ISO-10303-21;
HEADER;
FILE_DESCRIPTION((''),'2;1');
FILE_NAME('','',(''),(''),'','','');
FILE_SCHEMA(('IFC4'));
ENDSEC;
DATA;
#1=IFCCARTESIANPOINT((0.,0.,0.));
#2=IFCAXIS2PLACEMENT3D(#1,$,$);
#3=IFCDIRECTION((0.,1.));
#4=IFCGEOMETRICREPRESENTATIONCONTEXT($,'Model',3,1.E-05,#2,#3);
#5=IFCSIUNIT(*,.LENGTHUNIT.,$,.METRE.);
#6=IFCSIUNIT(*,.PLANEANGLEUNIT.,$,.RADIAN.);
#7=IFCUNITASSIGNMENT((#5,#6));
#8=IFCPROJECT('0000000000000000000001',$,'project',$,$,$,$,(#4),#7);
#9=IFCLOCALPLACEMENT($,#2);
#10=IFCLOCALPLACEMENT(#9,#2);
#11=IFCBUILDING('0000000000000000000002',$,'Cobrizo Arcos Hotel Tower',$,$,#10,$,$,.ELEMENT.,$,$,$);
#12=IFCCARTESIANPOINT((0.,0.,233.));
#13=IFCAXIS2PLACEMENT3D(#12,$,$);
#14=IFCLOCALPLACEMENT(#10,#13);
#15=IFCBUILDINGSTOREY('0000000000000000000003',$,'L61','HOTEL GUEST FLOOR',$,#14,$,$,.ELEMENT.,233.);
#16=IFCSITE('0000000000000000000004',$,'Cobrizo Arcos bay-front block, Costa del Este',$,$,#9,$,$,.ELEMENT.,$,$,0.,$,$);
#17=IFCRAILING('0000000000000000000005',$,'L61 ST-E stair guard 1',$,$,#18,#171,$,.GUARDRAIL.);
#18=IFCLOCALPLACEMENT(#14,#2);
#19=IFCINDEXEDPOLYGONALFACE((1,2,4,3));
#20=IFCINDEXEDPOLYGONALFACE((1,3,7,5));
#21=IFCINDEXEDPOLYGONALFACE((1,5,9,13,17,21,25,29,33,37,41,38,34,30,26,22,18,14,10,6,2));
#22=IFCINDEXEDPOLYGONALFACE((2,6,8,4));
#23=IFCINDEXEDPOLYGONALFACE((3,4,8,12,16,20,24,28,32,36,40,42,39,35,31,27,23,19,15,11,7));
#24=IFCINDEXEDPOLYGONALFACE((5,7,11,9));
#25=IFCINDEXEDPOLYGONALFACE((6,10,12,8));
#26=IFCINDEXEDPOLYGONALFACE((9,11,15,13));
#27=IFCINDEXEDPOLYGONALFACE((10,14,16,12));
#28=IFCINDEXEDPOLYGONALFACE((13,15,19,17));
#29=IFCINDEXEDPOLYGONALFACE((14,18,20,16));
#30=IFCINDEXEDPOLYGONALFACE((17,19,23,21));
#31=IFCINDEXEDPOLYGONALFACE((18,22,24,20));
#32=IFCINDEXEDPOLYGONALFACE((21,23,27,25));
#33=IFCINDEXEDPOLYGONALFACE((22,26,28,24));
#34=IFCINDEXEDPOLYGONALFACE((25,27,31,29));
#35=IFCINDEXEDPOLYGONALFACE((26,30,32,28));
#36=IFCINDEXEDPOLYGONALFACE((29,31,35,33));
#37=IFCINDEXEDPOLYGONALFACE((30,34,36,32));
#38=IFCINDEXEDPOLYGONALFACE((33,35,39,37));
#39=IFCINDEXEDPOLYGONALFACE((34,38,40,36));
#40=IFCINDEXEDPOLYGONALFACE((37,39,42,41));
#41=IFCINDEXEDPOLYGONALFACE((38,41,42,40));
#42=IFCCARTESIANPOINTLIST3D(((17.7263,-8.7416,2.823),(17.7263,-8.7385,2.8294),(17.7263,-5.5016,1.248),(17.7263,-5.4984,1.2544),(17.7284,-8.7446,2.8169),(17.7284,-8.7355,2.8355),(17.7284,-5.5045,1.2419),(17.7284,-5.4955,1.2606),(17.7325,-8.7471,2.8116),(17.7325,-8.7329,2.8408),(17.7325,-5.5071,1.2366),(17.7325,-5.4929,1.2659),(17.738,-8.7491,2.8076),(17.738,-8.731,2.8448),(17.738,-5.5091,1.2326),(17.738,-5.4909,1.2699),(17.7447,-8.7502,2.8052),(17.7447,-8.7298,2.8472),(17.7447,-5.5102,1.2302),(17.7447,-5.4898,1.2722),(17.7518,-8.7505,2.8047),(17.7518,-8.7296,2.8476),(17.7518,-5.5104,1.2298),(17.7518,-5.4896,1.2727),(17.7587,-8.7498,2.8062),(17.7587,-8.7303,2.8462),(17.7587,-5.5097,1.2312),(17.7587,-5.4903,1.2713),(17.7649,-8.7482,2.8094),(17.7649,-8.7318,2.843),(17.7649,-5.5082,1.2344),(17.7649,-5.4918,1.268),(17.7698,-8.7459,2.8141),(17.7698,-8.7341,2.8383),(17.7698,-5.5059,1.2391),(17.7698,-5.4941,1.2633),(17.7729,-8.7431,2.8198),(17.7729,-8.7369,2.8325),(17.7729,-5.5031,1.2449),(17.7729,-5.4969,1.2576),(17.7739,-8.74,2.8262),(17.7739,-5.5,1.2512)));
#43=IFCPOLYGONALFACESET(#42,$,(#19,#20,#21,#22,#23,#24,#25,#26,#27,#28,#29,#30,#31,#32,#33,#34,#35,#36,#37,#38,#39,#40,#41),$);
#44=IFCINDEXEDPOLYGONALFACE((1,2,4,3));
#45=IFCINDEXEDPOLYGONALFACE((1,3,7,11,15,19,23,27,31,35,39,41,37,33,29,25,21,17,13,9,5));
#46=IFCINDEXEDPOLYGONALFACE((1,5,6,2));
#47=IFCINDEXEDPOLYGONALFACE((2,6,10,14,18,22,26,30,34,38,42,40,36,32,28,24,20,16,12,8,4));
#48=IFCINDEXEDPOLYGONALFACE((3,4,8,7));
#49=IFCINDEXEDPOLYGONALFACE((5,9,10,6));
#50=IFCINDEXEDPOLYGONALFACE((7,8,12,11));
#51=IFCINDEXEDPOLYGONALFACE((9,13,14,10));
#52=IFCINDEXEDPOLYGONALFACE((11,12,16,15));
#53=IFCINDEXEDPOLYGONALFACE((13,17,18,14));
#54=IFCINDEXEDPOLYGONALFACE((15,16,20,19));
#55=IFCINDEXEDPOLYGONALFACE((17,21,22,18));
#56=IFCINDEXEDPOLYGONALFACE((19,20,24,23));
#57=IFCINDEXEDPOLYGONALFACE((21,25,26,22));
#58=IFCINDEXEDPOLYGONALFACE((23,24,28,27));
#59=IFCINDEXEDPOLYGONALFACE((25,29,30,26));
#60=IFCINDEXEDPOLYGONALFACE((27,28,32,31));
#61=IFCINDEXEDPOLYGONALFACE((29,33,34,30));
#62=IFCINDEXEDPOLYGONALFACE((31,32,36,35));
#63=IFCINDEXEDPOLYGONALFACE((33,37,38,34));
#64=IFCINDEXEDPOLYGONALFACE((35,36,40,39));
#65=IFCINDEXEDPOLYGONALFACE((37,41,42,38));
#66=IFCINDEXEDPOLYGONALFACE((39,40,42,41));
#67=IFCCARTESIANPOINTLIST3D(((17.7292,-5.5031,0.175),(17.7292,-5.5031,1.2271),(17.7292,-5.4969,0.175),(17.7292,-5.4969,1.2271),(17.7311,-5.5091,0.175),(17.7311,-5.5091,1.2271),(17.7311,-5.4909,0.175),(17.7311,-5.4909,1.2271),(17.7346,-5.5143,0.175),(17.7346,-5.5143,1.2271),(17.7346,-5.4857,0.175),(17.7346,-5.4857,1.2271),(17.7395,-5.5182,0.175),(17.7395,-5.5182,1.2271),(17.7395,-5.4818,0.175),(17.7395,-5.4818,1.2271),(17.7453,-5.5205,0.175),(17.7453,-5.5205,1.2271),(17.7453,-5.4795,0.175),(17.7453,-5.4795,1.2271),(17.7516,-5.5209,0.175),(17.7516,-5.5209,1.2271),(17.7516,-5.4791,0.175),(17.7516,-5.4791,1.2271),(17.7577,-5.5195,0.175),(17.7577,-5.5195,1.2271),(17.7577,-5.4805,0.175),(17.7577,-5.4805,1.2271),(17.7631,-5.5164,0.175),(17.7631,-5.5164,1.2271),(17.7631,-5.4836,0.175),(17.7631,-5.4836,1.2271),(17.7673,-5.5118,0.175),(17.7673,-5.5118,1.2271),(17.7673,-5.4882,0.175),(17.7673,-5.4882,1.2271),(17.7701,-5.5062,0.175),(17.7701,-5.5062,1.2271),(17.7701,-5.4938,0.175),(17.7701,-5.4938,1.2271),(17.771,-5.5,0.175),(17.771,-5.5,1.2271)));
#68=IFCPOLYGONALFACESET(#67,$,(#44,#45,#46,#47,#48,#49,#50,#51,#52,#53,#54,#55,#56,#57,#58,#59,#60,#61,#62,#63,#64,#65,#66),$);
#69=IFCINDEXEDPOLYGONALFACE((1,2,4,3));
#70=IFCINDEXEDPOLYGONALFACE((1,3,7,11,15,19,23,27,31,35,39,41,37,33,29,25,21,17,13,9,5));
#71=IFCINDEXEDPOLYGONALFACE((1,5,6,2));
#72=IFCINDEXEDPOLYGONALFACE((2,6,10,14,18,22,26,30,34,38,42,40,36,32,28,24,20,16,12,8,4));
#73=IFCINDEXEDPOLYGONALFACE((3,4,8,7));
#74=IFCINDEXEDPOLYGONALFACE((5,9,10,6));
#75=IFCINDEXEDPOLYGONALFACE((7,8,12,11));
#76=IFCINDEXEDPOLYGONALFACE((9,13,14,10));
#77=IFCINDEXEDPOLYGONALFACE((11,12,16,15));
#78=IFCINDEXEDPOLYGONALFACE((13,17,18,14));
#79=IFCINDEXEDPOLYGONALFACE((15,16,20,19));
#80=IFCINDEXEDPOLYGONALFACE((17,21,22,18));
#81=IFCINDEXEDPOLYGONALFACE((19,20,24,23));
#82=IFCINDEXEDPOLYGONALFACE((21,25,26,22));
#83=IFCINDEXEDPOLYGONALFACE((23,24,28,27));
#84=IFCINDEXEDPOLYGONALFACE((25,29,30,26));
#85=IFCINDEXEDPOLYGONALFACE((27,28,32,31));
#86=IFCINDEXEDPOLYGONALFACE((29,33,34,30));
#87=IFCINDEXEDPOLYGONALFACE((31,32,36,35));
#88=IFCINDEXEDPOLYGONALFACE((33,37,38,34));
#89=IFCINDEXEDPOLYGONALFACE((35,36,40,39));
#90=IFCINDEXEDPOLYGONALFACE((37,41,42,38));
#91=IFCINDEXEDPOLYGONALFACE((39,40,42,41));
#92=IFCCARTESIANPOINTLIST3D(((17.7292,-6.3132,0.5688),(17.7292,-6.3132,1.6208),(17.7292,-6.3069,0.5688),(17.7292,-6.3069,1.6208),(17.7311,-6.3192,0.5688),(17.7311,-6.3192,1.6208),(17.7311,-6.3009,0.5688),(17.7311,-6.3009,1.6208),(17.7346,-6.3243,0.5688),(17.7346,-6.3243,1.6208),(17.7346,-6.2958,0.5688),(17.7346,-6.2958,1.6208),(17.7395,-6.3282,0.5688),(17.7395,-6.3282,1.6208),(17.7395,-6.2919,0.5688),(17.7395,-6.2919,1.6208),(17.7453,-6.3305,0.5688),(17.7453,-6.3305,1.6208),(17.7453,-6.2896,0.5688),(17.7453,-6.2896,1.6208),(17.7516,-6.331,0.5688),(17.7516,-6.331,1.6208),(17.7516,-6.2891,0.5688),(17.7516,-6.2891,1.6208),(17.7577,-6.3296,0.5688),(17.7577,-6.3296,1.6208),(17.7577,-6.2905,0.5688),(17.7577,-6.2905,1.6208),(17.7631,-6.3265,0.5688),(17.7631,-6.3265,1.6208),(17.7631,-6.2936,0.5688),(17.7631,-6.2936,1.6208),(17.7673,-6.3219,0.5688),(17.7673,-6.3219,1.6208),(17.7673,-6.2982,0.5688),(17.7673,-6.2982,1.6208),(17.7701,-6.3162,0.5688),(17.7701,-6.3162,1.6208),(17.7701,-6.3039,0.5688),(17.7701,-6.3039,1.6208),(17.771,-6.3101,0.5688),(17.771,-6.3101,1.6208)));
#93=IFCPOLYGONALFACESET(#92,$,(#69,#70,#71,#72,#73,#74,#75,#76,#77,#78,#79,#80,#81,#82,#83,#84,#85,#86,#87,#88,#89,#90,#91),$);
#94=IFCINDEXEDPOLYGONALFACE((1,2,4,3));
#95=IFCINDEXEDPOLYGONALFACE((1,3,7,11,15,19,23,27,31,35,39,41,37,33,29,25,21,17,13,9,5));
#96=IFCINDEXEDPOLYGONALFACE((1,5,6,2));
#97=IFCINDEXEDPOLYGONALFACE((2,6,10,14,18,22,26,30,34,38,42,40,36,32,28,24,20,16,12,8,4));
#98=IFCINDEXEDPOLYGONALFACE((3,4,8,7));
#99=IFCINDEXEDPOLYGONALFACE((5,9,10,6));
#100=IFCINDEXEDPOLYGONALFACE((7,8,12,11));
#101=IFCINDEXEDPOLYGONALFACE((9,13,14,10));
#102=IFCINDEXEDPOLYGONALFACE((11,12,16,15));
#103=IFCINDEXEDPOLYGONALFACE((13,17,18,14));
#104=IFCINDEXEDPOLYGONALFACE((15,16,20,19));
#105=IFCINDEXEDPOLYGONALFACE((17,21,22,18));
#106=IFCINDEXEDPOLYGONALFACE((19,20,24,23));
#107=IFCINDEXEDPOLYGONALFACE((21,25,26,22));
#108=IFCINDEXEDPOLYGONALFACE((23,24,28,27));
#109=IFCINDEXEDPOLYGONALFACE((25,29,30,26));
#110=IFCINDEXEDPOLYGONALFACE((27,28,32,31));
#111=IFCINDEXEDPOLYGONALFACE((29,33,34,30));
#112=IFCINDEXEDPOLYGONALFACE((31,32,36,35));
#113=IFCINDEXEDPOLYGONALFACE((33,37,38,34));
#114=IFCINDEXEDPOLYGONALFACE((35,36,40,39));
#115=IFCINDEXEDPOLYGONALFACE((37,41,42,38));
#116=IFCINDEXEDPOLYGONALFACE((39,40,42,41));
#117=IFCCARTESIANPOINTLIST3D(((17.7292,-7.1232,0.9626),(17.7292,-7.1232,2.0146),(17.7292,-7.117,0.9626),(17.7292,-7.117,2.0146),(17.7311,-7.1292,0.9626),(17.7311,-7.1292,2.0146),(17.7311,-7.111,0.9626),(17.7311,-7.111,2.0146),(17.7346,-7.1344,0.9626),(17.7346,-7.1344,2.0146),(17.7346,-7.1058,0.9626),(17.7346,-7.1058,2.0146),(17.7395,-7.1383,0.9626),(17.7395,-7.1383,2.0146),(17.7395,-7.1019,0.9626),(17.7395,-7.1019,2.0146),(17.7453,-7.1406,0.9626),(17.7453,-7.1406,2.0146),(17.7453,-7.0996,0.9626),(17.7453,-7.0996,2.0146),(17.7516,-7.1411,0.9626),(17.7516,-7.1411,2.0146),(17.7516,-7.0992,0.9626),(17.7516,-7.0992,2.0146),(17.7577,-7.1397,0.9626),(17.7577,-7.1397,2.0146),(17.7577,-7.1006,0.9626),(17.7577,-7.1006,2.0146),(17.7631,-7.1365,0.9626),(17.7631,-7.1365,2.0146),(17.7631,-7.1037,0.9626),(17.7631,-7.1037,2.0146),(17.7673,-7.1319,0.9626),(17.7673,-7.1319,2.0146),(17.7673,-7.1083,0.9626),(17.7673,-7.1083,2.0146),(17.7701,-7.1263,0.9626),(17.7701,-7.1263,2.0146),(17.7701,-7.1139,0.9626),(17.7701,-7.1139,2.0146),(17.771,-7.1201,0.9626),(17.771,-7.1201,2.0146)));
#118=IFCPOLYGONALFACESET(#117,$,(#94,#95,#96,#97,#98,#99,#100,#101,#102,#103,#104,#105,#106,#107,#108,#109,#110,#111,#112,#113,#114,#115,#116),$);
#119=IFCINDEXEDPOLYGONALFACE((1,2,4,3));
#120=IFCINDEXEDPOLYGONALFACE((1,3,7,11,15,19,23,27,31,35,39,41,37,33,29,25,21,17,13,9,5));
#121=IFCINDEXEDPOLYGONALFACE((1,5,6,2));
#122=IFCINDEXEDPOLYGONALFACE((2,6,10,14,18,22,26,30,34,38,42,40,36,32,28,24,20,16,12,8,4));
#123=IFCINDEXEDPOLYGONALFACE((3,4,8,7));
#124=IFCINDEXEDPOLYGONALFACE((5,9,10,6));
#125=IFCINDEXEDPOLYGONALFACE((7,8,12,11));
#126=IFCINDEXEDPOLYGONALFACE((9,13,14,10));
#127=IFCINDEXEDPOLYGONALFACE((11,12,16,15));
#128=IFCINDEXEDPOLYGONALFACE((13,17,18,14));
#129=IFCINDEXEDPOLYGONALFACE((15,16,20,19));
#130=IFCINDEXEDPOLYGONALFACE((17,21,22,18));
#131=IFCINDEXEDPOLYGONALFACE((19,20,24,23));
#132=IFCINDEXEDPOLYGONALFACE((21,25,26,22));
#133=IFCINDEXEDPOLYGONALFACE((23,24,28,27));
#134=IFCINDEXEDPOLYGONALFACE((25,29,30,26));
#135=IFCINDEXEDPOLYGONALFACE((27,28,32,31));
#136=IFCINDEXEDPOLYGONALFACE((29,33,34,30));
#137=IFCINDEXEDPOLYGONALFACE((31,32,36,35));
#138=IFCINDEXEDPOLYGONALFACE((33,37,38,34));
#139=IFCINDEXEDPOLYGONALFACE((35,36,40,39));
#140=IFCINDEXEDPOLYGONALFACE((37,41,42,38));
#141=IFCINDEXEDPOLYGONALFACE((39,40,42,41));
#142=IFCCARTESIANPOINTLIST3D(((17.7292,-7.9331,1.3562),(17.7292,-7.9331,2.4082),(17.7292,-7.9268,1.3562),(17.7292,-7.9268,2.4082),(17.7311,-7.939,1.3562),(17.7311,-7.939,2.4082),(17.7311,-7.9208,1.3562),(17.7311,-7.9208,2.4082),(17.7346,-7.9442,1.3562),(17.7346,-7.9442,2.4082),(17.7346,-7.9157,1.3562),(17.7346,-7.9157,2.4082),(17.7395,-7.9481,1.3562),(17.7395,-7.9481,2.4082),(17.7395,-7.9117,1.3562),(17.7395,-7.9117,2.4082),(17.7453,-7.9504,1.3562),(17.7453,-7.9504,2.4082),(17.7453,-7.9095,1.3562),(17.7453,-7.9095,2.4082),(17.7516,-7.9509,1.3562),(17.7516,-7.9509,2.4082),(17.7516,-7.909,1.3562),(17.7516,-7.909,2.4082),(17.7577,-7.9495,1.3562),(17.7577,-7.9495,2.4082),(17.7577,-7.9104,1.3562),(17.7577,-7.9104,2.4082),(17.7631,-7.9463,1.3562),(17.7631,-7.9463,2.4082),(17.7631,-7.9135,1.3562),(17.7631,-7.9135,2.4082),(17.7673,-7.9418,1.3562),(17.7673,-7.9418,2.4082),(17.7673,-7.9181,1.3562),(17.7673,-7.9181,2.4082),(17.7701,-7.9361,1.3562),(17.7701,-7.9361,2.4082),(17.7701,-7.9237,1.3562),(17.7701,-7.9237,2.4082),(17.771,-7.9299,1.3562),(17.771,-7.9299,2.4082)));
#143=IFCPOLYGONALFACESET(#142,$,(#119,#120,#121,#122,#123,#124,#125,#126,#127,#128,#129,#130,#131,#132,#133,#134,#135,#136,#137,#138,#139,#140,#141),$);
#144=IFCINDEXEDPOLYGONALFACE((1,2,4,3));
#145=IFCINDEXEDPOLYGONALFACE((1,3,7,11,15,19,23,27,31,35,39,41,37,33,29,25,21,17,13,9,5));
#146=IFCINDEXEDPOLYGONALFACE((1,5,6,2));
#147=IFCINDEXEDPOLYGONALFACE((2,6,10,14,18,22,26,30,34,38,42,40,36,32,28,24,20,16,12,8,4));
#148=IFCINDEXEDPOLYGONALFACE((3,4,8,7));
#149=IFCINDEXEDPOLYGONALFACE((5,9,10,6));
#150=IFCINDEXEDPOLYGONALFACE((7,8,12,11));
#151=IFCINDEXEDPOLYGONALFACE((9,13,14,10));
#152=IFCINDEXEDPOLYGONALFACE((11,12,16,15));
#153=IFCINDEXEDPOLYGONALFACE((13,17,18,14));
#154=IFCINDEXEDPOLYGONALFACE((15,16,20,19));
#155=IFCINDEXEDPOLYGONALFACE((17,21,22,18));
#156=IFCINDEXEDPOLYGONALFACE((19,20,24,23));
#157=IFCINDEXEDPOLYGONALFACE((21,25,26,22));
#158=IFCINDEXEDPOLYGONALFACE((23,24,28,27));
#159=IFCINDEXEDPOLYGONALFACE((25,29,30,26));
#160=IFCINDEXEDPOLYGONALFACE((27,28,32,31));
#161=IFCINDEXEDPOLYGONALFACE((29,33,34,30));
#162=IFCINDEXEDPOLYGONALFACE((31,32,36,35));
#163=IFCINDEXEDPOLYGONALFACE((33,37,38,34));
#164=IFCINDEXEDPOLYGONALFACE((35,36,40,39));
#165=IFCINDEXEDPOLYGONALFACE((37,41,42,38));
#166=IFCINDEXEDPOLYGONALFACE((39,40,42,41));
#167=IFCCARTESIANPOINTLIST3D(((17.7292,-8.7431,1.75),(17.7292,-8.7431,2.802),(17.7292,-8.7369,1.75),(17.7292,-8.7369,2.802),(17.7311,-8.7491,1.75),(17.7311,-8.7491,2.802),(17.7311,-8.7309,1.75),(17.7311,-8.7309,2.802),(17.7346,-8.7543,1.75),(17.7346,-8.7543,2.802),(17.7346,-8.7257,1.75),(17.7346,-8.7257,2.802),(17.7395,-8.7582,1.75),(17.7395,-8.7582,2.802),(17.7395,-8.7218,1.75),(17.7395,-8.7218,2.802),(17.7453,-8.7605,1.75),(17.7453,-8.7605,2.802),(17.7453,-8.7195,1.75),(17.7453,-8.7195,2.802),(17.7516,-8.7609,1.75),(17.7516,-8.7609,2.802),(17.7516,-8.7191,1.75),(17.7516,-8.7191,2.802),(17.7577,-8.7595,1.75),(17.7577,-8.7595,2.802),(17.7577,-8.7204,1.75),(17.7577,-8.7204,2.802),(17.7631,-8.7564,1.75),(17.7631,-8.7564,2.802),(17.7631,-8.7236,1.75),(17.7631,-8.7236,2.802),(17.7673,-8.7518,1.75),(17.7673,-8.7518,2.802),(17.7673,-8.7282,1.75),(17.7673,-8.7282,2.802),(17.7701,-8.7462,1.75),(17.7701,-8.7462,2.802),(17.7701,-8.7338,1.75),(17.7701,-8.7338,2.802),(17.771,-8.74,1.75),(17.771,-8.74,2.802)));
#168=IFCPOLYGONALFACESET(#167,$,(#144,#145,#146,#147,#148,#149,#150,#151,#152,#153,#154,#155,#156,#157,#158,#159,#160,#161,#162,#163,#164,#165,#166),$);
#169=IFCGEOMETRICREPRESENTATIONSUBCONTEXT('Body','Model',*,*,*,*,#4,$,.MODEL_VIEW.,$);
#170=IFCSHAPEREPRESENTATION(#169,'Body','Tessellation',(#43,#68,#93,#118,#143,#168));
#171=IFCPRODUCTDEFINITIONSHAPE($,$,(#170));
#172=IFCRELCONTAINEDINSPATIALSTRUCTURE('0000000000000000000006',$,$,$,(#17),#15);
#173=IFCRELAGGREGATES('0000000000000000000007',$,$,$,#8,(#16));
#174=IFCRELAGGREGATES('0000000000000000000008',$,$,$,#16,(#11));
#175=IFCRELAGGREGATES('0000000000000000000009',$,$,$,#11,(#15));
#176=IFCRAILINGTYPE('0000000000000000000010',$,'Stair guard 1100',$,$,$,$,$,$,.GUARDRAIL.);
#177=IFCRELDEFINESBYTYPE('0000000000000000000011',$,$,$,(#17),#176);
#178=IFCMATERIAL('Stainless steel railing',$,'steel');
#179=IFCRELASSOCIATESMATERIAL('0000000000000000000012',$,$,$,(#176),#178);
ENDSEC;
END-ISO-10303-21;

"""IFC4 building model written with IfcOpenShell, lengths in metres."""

from ifc_helpers import new_model, si_unit, direction, frame, origin, origin_2d, place, context, subcontext, project, spatial, circle, extrude, material, type_object, element, save


model = new_model("IFC4")

# Units and contexts
model_context = context("Model", 3, precision=1e-05, world=origin(), true_north=direction((0.0, 1.0)))
body_context = subcontext(model_context, "Body", "Model", "MODEL_VIEW")
ifc_project = project(units=[si_unit("LENGTHUNIT", "METRE"), si_unit("PLANEANGLEUNIT", "RADIAN")], contexts=[model_context])

# Site, building, storey
site_placement = place(None, origin())
site = spatial("IfcSite", under=ifc_project, at=site_placement, Name="Cobrizo Arcos bay-front block, Costa del Este", CompositionType="ELEMENT", RefElevation=0.0)
building_placement = place(site_placement, origin())
building = spatial("IfcBuilding", under=site, at=building_placement, Name="Cobrizo Arcos Hotel Tower", CompositionType="ELEMENT")
storey_placement = place(building_placement, frame((0.0, 0.0, 233.0)))
storey = spatial("IfcBuildingStorey", under=building, at=storey_placement, Name="L61", Description="HOTEL GUEST FLOOR", CompositionType="ELEMENT", Elevation=233.0)

# Railing
ifc_material_1 = material(Name="Stainless steel railing", Category="steel")
railing_type_1 = type_object("IfcRailingType", Name="Stair guard 1100", PredefinedType="GUARDRAIL", material=ifc_material_1)
railing_1_placement = place(storey_placement, frame((17.75, -5.5, 0.175)))
element("IfcRailing", 1, at=railing_1_placement, inside=storey, type_object=railing_type_1, Name="L61 ST-E stair guard 1", PredefinedType="GUARDRAIL", context=body_context, shape_type="SweptSolid", body=[
    extrude(circle(Radius=0.0239, at=origin_2d()), frame((0.0, 0.0, 1.0762), z_axis=(0.0, -0.899373, 0.437183), x_axis=(1.0, 0.0, 0.0)), (0.0, 0.0, 1.0), 3.6025),
    extrude(circle(Radius=0.021, at=origin_2d()), origin(), (0.0, 0.0, 1.0), 1.052),
    extrude(circle(Radius=0.021, at=origin_2d()), frame((0.0, -0.8101, 0.3938)), (0.0, 0.0, 1.0), 1.052),
    extrude(circle(Radius=0.021, at=origin_2d()), frame((0.0, -1.6201, 0.7876)), (0.0, 0.0, 1.0), 1.052),
    extrude(circle(Radius=0.021, at=origin_2d()), frame((0.0, -2.4299, 1.1812)), (0.0, 0.0, 1.0), 1.052),
    extrude(circle(Radius=0.021, at=origin_2d()), frame((0.0, -3.24, 1.575)), (0.0, 0.0, 1.0), 1.052),
])

save(model, "model.ifc")
